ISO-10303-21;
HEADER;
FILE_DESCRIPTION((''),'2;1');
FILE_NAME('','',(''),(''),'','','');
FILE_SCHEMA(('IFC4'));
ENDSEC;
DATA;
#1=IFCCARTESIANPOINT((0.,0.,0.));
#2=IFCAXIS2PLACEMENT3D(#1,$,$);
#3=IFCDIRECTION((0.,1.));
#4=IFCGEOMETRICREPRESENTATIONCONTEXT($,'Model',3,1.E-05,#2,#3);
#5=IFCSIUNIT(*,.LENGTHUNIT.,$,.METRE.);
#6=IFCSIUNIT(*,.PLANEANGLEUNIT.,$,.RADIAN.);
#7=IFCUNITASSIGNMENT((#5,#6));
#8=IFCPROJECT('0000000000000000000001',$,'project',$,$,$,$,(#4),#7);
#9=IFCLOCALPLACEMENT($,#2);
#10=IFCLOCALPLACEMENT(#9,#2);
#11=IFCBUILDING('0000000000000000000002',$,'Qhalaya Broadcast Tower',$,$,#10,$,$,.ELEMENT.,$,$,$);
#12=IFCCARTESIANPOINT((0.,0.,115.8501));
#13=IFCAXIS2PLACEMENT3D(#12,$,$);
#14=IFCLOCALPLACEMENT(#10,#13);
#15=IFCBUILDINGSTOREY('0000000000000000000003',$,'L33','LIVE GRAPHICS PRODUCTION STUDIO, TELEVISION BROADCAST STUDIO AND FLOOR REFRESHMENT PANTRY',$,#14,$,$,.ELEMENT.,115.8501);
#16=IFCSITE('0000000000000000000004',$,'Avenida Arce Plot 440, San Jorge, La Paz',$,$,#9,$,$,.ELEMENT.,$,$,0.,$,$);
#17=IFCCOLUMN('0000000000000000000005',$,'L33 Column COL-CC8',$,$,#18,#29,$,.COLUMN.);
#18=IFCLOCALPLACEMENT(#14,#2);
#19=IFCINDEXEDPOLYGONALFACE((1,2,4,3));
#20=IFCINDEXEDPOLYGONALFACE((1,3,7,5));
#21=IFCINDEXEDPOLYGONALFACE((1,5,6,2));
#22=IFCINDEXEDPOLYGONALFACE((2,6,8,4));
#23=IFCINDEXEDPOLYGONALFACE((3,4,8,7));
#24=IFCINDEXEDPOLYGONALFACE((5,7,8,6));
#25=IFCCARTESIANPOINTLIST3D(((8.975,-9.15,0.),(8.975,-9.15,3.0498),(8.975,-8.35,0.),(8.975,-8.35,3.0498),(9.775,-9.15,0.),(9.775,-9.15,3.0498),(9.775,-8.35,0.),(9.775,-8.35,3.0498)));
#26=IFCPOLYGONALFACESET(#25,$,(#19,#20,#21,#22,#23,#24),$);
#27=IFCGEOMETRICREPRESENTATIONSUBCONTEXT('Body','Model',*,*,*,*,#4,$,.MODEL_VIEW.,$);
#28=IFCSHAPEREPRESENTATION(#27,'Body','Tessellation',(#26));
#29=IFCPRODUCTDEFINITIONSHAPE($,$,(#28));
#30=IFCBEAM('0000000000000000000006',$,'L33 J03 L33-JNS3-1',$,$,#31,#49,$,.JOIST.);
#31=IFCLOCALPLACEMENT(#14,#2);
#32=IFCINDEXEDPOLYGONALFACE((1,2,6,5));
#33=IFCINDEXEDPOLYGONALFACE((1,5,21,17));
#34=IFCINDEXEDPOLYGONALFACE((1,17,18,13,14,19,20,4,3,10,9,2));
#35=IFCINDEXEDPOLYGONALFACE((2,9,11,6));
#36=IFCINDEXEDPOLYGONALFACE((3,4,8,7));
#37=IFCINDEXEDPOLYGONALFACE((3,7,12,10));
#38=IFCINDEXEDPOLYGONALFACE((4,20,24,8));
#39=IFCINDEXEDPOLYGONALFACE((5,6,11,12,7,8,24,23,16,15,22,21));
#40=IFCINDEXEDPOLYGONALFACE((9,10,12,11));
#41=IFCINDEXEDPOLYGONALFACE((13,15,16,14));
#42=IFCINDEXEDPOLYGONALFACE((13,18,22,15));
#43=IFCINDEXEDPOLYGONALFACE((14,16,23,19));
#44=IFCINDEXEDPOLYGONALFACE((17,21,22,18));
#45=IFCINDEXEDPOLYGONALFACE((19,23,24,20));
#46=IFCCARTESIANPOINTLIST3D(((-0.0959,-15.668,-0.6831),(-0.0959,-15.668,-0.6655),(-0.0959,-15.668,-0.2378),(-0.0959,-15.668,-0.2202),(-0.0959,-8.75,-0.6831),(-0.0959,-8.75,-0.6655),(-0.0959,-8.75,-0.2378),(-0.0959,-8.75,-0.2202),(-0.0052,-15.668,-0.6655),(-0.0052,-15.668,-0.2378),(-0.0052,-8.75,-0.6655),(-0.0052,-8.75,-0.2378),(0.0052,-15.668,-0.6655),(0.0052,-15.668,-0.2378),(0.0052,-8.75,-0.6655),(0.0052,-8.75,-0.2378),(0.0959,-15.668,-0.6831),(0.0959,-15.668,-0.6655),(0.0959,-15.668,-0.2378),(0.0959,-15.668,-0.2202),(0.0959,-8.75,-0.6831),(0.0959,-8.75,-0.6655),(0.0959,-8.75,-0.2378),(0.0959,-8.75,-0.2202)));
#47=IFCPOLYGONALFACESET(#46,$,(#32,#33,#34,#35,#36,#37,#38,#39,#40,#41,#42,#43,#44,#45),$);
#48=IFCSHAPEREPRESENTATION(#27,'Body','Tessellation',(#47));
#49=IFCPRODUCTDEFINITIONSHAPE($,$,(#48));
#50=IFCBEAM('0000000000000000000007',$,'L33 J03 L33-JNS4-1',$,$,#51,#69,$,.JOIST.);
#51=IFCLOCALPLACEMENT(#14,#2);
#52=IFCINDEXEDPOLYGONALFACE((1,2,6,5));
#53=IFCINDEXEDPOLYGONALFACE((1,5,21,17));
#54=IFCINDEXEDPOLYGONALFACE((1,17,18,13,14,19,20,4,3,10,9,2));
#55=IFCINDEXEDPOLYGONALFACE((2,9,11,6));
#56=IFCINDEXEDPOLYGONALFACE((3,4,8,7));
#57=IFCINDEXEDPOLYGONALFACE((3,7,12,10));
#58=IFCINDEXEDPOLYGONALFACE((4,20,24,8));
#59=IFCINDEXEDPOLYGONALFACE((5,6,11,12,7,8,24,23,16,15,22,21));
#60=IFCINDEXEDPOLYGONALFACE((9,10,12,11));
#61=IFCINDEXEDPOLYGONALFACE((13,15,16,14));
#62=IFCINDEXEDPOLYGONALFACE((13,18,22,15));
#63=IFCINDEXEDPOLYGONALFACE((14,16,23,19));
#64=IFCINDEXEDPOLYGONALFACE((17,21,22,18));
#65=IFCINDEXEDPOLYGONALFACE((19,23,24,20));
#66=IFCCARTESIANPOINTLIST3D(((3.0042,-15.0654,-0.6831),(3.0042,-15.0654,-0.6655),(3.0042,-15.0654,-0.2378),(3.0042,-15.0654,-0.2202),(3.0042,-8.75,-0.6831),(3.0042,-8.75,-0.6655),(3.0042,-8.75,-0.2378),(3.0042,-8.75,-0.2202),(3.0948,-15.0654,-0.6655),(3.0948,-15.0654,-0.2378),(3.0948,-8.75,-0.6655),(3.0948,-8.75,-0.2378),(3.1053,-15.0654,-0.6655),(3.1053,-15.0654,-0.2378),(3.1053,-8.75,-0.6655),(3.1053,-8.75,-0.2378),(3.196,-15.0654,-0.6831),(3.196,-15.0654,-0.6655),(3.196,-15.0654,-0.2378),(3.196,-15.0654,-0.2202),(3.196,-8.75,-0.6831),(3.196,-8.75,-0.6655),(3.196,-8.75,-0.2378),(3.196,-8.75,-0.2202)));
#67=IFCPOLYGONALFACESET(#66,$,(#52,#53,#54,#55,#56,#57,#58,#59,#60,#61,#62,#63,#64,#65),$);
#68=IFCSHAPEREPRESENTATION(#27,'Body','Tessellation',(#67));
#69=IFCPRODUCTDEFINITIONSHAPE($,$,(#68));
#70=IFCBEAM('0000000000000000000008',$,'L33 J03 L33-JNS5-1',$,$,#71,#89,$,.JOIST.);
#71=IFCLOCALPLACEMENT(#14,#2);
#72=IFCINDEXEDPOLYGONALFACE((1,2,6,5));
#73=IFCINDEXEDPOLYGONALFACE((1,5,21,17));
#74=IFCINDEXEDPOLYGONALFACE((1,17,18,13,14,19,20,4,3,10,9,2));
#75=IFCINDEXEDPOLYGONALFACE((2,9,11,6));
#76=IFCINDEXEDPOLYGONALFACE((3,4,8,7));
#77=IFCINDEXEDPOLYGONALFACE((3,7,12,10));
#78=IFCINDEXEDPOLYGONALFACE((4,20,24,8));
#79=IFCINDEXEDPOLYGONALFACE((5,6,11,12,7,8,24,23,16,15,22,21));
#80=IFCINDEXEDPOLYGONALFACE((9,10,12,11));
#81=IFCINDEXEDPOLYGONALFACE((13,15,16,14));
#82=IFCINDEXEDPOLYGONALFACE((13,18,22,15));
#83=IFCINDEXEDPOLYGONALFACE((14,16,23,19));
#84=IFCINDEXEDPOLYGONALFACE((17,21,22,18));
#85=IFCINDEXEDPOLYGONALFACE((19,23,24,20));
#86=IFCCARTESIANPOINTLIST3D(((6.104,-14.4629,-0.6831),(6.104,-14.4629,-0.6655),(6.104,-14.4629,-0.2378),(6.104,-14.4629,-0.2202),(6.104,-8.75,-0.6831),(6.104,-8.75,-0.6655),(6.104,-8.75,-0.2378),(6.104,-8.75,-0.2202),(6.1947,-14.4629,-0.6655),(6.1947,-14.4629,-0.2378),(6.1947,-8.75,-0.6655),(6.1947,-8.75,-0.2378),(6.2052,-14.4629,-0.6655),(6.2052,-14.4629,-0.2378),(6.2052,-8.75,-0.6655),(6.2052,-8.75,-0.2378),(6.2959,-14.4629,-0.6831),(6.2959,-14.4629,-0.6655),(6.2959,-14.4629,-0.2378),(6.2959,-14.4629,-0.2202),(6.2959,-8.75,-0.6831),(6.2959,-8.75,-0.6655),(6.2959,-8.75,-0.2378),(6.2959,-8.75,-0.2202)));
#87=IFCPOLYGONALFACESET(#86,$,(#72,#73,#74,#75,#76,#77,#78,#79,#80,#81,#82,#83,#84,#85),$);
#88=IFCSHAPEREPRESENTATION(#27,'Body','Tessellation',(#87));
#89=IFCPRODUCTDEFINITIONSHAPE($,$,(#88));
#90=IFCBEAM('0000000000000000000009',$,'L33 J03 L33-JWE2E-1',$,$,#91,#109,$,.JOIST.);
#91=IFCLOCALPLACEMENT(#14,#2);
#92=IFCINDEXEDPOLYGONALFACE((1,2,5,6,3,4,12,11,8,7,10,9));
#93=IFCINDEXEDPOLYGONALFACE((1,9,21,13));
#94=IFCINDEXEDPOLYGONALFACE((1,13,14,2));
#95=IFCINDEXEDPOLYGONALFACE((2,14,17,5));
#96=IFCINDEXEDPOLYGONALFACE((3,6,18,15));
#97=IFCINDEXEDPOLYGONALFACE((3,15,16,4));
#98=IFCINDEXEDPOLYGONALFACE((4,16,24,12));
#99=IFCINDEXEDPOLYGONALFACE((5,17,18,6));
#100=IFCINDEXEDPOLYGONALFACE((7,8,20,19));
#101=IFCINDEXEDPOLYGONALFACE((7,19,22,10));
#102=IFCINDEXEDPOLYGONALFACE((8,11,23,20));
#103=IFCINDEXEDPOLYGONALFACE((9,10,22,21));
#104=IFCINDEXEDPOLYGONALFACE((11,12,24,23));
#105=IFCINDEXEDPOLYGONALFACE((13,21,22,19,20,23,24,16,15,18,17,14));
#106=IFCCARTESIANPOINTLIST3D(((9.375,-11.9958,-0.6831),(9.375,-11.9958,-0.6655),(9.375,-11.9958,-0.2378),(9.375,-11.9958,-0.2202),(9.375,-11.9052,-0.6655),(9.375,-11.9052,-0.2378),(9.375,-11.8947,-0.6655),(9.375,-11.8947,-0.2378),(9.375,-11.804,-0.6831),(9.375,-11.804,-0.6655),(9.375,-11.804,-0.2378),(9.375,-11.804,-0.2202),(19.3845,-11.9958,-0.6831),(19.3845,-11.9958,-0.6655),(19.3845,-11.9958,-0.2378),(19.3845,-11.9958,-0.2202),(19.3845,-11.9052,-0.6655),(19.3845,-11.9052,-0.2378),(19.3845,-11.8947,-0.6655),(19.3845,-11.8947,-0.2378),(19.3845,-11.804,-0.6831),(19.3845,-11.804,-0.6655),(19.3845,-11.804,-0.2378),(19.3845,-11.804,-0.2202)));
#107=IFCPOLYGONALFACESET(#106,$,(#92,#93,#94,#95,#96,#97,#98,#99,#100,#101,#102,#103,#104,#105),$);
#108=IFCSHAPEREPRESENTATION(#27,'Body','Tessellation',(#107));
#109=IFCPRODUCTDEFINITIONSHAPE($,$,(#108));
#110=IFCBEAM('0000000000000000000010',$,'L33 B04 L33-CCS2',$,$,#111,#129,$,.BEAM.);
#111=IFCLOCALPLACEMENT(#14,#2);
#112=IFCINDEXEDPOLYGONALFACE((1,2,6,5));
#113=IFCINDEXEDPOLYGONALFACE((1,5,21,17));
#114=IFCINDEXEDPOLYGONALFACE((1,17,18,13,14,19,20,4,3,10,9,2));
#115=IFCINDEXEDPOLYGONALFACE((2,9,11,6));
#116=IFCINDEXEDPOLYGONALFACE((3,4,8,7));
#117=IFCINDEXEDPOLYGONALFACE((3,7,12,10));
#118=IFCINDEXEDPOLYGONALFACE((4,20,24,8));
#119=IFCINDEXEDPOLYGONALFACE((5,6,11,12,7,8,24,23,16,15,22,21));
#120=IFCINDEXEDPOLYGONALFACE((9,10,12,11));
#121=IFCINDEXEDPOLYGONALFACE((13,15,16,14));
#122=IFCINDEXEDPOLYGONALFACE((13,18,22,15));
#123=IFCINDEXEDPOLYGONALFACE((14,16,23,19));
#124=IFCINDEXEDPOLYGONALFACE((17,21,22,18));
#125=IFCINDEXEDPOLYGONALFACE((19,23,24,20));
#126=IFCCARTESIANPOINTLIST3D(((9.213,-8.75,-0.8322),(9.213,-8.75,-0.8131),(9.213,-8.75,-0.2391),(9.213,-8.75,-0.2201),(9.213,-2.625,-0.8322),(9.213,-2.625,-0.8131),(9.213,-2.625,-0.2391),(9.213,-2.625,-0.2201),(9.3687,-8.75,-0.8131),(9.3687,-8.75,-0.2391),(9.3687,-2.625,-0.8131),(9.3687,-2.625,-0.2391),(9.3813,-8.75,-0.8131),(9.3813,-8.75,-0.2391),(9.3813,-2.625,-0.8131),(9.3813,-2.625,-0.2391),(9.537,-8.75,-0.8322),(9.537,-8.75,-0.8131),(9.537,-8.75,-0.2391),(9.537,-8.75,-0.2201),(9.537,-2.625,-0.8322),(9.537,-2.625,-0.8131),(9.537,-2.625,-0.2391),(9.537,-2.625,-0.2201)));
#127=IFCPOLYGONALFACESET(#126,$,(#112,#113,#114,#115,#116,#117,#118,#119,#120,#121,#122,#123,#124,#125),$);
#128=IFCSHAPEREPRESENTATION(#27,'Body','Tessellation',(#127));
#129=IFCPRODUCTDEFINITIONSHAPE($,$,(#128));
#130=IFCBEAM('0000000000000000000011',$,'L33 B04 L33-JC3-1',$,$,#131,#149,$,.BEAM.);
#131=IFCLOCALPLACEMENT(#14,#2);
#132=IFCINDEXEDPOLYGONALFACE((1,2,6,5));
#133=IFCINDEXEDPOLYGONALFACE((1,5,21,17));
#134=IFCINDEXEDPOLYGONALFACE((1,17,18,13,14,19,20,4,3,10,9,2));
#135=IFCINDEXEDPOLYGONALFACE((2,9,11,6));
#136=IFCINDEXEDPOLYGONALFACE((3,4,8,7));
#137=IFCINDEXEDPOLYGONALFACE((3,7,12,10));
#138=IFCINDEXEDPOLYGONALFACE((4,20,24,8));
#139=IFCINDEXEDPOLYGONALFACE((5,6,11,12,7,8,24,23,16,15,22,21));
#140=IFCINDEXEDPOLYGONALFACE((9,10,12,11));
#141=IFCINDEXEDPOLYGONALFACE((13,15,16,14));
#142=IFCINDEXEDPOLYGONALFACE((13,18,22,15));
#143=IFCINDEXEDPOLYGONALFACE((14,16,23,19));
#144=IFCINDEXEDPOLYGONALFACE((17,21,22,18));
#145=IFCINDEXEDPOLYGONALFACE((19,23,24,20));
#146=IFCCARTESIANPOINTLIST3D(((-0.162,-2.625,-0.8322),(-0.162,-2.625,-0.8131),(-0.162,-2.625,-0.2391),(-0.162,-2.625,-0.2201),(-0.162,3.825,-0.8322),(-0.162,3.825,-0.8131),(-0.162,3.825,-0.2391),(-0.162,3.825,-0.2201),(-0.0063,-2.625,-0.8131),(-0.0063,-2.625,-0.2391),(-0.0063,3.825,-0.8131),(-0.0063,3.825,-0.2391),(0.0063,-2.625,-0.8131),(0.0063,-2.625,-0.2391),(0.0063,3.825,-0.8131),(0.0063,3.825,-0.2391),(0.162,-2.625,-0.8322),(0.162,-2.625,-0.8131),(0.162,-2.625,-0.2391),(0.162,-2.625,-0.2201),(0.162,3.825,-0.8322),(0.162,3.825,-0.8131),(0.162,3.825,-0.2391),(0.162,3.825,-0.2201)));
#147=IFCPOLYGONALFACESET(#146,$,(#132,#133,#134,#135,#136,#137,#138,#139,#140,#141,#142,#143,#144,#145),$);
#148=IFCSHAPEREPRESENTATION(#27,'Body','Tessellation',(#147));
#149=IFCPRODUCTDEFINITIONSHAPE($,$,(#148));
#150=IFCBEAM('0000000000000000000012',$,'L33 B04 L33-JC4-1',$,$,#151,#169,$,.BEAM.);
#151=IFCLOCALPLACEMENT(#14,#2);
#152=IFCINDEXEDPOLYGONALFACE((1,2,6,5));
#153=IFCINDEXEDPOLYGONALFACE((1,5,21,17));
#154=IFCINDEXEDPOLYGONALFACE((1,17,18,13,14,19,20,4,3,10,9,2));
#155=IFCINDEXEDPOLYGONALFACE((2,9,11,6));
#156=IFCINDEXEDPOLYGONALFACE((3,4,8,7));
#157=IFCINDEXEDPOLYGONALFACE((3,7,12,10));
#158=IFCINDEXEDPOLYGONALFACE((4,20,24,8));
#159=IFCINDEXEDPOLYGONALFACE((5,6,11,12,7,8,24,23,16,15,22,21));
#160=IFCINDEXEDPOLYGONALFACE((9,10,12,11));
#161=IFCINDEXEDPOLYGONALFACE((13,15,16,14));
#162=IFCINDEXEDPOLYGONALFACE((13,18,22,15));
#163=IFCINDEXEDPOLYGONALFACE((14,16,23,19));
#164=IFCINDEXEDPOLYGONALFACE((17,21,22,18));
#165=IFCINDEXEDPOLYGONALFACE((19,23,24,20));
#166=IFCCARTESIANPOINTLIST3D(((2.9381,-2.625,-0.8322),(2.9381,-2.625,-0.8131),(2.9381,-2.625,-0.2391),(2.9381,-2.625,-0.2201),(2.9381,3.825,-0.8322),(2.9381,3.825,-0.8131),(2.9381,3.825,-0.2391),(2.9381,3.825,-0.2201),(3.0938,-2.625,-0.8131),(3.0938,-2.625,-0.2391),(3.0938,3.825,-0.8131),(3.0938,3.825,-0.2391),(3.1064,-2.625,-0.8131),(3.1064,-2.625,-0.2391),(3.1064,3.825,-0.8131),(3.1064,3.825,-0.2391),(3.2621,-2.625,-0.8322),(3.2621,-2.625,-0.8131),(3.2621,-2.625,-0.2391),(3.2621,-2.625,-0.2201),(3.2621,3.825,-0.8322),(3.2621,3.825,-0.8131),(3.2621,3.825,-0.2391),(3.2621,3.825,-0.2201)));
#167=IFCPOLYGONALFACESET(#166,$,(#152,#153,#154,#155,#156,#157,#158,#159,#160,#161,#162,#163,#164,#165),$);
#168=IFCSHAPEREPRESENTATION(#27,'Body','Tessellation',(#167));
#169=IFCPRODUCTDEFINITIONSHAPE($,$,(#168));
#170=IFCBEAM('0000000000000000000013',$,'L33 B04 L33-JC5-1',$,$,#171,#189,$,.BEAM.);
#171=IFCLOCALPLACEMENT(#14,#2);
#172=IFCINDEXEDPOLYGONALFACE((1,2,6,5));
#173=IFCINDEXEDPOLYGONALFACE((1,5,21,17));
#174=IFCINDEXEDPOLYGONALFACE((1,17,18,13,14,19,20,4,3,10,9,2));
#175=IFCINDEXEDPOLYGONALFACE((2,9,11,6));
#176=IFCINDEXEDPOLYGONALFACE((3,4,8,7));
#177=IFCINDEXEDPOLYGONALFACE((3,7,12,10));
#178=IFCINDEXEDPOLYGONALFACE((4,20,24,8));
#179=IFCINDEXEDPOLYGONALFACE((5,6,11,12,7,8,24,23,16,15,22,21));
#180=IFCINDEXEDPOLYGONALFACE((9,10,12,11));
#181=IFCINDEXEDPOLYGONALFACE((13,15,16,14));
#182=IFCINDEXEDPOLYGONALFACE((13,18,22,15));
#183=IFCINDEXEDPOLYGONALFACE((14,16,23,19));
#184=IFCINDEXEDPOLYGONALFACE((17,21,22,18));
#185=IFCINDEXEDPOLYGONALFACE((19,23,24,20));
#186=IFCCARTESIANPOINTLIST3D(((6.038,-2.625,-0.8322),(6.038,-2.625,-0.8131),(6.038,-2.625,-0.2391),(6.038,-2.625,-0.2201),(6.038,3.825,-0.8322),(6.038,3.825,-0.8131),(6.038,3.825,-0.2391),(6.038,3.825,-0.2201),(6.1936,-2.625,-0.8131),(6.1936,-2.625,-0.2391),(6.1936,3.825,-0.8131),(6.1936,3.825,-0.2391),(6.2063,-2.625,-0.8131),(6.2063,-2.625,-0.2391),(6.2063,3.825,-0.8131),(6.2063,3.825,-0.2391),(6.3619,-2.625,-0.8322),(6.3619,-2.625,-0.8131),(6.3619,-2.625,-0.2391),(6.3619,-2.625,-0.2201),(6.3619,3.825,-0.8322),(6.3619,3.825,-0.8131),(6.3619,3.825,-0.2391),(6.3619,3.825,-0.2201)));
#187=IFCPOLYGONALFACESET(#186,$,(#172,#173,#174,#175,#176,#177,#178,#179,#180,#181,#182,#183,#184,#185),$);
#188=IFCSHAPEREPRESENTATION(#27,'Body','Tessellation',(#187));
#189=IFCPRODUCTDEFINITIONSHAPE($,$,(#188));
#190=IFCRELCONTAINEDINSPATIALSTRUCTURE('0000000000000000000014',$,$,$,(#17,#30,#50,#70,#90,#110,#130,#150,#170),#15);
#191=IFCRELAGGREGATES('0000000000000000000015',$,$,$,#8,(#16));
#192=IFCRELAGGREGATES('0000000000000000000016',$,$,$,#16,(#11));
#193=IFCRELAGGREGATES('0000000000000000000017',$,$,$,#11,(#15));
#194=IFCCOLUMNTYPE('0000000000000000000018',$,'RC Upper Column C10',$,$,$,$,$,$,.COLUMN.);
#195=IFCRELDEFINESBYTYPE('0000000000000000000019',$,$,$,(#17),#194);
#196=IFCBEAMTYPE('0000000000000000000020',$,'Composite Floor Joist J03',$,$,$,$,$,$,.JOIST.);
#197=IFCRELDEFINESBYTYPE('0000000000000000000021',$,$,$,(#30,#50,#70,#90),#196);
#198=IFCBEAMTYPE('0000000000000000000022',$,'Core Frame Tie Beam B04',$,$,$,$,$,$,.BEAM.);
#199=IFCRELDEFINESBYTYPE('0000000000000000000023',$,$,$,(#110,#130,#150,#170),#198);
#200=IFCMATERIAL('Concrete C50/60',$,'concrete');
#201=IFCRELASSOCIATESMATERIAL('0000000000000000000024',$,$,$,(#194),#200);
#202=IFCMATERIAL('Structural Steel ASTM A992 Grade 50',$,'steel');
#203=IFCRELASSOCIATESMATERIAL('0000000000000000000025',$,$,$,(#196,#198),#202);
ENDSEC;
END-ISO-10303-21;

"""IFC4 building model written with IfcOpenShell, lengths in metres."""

from ifc_helpers import new_model, si_unit, direction, frame, origin, origin_2d, place, context, subcontext, project, spatial, rectangle, i_section, extrude, material, material_profile, profile_set, type_object, element, save


model = new_model("IFC4")

# Units and contexts
model_context = context("Model", 3, precision=1e-05, world=origin(), true_north=direction((0.0, 1.0)))
body_context = subcontext(model_context, "Body", "Model", "MODEL_VIEW")
ifc_project = project(units=[si_unit("LENGTHUNIT", "METRE"), si_unit("PLANEANGLEUNIT", "RADIAN")], contexts=[model_context])

# Site, building, storey
site_placement = place(None, origin())
site = spatial("IfcSite", under=ifc_project, at=site_placement, Name="Avenida Arce Plot 440, San Jorge, La Paz", CompositionType="ELEMENT", RefElevation=0.0)
building_placement = place(site_placement, origin())
building = spatial("IfcBuilding", under=site, at=building_placement, Name="Qhalaya Broadcast Tower", CompositionType="ELEMENT")
storey_placement = place(building_placement, frame((0.0, 0.0, 115.8501)))
storey = spatial("IfcBuildingStorey", under=building, at=storey_placement, Name="L33", Description="LIVE GRAPHICS PRODUCTION STUDIO, TELEVISION BROADCAST STUDIO AND FLOOR REFRESHMENT PANTRY", CompositionType="ELEMENT", Elevation=115.8501)

# Column
ifc_material_1 = material(Name="Concrete C50/60", Category="concrete")
ifc_material_profile_1 = material_profile(ifc_material_1, rectangle(XDim=0.8, YDim=0.8, at=origin_2d()), Name="RC-COL 800x800")
ifc_profile_set_1 = profile_set([ifc_material_profile_1], Name="Concrete C50/60")
column_type = type_object("IfcColumnType", Name="RC Upper Column C10", PredefinedType="COLUMN", material=ifc_profile_set_1)
column_placement = place(storey_placement, frame((9.375, -8.75, 0.0), z_axis=(0.0, 0.0, 1.0), x_axis=(1.0, 0.0, 0.0)))
element("IfcColumn", 1, at=column_placement, inside=storey, type_object=column_type, Name="L33 Column COL-CC8", PredefinedType="COLUMN", context=body_context, shape_type="SweptSolid", body=[
    extrude(rectangle(XDim=0.8, YDim=0.8, at=origin_2d()), origin(), (0.0, 0.0, 1.0), 3.0498),
])

# Beams
ifc_material_2 = material(Name="Structural Steel ASTM A992 Grade 50", Category="steel")
ifc_material_profile_2 = material_profile(ifc_material_2, i_section(OverallWidth=0.1919, OverallDepth=0.4629, WebThickness=0.0105, FlangeThickness=0.0176, at=origin_2d()), Name="W18X60")
ifc_profile_set_2 = profile_set([ifc_material_profile_2], Name="Structural Steel ASTM A992 Grade 50")
beam_type_1 = type_object("IfcBeamType", Name="Composite Floor Joist J03", PredefinedType="JOIST", material=ifc_profile_set_2)
beam_1_placement = place(storey_placement, frame((0.0, -15.668, -0.4517), z_axis=(0.0, 1.0, 0.0), x_axis=(-1.0, 0.0, 0.0)))
element("IfcBeam", 2, at=beam_1_placement, inside=storey, type_object=beam_type_1, Name="L33 J03 L33-JNS3-1", PredefinedType="JOIST", context=body_context, shape_type="SweptSolid", body=[
    extrude(i_section(OverallWidth=0.1919, OverallDepth=0.4629, WebThickness=0.0105, FlangeThickness=0.0176, at=origin_2d()), origin(), (0.0, 0.0, 1.0), 6.918),
])
beam_2_placement = place(storey_placement, frame((3.1001, -15.0654, -0.4517), z_axis=(0.0, 1.0, 0.0), x_axis=(-1.0, 0.0, 0.0)))
element("IfcBeam", 3, at=beam_2_placement, inside=storey, type_object=beam_type_1, Name="L33 J03 L33-JNS4-1", PredefinedType="JOIST", context=body_context, shape_type="SweptSolid", body=[
    extrude(i_section(OverallWidth=0.1919, OverallDepth=0.4629, WebThickness=0.0105, FlangeThickness=0.0176, at=origin_2d()), origin(), (0.0, 0.0, 1.0), 6.3154),
])
beam_3_placement = place(storey_placement, frame((6.2, -14.4629, -0.4517), z_axis=(0.0, 1.0, 0.0), x_axis=(-1.0, 0.0, 0.0)))
element("IfcBeam", 4, at=beam_3_placement, inside=storey, type_object=beam_type_1, Name="L33 J03 L33-JNS5-1", PredefinedType="JOIST", context=body_context, shape_type="SweptSolid", body=[
    extrude(i_section(OverallWidth=0.1919, OverallDepth=0.4629, WebThickness=0.0105, FlangeThickness=0.0176, at=origin_2d()), origin(), (0.0, 0.0, 1.0), 5.7129),
])
beam_4_placement = place(storey_placement, frame((9.375, -11.8999, -0.4517), z_axis=(1.0, 0.0, 0.0), x_axis=(0.0, 1.0, 0.0)))
element("IfcBeam", 5, at=beam_4_placement, inside=storey, type_object=beam_type_1, Name="L33 J03 L33-JWE2E-1", PredefinedType="JOIST", context=body_context, shape_type="SweptSolid", body=[
    extrude(i_section(OverallWidth=0.1919, OverallDepth=0.4629, WebThickness=0.0105, FlangeThickness=0.0176, at=origin_2d()), origin(), (0.0, 0.0, 1.0), 10.0095),
])
ifc_material_profile_3 = material_profile(ifc_material_2, i_section(OverallWidth=0.324, OverallDepth=0.6121, WebThickness=0.0127, FlangeThickness=0.019, at=origin_2d()), Name="W24X104")
ifc_profile_set_3 = profile_set([ifc_material_profile_3], Name="Structural Steel ASTM A992 Grade 50")
beam_type_2 = type_object("IfcBeamType", Name="Core Frame Tie Beam B04", PredefinedType="BEAM", material=ifc_profile_set_3)
beam_5_placement = place(storey_placement, frame((9.375, -8.75, -0.5261), z_axis=(0.0, 1.0, 0.0), x_axis=(-1.0, 0.0, 0.0)))
element("IfcBeam", 6, at=beam_5_placement, inside=storey, type_object=beam_type_2, Name="L33 B04 L33-CCS2", PredefinedType="BEAM", context=body_context, shape_type="SweptSolid", body=[
    extrude(i_section(OverallWidth=0.324, OverallDepth=0.6121, WebThickness=0.0127, FlangeThickness=0.019, at=origin_2d()), origin(), (0.0, 0.0, 1.0), 6.125),
])
for number, where, z_axis, x_axis, name in (
    (7, (0.0, -2.625, -0.5261), (0.0, 1.0, 0.0), (-1.0, 0.0, 0.0), "L33 B04 L33-JC3-1"),
    (8, (3.1001, -2.625, -0.5261), (0.0, 1.0, 0.0), (-1.0, 0.0, 0.0), "L33 B04 L33-JC4-1"),
    (9, (6.2, -2.625, -0.5261), (0.0, 1.0, 0.0), (-1.0, 0.0, 0.0), "L33 B04 L33-JC5-1"),
):
    element("IfcBeam", number, at=place(storey_placement, frame(where, z_axis=z_axis, x_axis=x_axis)), inside=storey, type_object=beam_type_2, Name=name, PredefinedType="BEAM", context=body_context, shape_type="SweptSolid", body=[
        extrude(i_section(OverallWidth=0.324, OverallDepth=0.6121, WebThickness=0.0127, FlangeThickness=0.019, at=origin_2d()), origin(), (0.0, 0.0, 1.0), 6.45),
    ])

save(model, "model.ifc")
